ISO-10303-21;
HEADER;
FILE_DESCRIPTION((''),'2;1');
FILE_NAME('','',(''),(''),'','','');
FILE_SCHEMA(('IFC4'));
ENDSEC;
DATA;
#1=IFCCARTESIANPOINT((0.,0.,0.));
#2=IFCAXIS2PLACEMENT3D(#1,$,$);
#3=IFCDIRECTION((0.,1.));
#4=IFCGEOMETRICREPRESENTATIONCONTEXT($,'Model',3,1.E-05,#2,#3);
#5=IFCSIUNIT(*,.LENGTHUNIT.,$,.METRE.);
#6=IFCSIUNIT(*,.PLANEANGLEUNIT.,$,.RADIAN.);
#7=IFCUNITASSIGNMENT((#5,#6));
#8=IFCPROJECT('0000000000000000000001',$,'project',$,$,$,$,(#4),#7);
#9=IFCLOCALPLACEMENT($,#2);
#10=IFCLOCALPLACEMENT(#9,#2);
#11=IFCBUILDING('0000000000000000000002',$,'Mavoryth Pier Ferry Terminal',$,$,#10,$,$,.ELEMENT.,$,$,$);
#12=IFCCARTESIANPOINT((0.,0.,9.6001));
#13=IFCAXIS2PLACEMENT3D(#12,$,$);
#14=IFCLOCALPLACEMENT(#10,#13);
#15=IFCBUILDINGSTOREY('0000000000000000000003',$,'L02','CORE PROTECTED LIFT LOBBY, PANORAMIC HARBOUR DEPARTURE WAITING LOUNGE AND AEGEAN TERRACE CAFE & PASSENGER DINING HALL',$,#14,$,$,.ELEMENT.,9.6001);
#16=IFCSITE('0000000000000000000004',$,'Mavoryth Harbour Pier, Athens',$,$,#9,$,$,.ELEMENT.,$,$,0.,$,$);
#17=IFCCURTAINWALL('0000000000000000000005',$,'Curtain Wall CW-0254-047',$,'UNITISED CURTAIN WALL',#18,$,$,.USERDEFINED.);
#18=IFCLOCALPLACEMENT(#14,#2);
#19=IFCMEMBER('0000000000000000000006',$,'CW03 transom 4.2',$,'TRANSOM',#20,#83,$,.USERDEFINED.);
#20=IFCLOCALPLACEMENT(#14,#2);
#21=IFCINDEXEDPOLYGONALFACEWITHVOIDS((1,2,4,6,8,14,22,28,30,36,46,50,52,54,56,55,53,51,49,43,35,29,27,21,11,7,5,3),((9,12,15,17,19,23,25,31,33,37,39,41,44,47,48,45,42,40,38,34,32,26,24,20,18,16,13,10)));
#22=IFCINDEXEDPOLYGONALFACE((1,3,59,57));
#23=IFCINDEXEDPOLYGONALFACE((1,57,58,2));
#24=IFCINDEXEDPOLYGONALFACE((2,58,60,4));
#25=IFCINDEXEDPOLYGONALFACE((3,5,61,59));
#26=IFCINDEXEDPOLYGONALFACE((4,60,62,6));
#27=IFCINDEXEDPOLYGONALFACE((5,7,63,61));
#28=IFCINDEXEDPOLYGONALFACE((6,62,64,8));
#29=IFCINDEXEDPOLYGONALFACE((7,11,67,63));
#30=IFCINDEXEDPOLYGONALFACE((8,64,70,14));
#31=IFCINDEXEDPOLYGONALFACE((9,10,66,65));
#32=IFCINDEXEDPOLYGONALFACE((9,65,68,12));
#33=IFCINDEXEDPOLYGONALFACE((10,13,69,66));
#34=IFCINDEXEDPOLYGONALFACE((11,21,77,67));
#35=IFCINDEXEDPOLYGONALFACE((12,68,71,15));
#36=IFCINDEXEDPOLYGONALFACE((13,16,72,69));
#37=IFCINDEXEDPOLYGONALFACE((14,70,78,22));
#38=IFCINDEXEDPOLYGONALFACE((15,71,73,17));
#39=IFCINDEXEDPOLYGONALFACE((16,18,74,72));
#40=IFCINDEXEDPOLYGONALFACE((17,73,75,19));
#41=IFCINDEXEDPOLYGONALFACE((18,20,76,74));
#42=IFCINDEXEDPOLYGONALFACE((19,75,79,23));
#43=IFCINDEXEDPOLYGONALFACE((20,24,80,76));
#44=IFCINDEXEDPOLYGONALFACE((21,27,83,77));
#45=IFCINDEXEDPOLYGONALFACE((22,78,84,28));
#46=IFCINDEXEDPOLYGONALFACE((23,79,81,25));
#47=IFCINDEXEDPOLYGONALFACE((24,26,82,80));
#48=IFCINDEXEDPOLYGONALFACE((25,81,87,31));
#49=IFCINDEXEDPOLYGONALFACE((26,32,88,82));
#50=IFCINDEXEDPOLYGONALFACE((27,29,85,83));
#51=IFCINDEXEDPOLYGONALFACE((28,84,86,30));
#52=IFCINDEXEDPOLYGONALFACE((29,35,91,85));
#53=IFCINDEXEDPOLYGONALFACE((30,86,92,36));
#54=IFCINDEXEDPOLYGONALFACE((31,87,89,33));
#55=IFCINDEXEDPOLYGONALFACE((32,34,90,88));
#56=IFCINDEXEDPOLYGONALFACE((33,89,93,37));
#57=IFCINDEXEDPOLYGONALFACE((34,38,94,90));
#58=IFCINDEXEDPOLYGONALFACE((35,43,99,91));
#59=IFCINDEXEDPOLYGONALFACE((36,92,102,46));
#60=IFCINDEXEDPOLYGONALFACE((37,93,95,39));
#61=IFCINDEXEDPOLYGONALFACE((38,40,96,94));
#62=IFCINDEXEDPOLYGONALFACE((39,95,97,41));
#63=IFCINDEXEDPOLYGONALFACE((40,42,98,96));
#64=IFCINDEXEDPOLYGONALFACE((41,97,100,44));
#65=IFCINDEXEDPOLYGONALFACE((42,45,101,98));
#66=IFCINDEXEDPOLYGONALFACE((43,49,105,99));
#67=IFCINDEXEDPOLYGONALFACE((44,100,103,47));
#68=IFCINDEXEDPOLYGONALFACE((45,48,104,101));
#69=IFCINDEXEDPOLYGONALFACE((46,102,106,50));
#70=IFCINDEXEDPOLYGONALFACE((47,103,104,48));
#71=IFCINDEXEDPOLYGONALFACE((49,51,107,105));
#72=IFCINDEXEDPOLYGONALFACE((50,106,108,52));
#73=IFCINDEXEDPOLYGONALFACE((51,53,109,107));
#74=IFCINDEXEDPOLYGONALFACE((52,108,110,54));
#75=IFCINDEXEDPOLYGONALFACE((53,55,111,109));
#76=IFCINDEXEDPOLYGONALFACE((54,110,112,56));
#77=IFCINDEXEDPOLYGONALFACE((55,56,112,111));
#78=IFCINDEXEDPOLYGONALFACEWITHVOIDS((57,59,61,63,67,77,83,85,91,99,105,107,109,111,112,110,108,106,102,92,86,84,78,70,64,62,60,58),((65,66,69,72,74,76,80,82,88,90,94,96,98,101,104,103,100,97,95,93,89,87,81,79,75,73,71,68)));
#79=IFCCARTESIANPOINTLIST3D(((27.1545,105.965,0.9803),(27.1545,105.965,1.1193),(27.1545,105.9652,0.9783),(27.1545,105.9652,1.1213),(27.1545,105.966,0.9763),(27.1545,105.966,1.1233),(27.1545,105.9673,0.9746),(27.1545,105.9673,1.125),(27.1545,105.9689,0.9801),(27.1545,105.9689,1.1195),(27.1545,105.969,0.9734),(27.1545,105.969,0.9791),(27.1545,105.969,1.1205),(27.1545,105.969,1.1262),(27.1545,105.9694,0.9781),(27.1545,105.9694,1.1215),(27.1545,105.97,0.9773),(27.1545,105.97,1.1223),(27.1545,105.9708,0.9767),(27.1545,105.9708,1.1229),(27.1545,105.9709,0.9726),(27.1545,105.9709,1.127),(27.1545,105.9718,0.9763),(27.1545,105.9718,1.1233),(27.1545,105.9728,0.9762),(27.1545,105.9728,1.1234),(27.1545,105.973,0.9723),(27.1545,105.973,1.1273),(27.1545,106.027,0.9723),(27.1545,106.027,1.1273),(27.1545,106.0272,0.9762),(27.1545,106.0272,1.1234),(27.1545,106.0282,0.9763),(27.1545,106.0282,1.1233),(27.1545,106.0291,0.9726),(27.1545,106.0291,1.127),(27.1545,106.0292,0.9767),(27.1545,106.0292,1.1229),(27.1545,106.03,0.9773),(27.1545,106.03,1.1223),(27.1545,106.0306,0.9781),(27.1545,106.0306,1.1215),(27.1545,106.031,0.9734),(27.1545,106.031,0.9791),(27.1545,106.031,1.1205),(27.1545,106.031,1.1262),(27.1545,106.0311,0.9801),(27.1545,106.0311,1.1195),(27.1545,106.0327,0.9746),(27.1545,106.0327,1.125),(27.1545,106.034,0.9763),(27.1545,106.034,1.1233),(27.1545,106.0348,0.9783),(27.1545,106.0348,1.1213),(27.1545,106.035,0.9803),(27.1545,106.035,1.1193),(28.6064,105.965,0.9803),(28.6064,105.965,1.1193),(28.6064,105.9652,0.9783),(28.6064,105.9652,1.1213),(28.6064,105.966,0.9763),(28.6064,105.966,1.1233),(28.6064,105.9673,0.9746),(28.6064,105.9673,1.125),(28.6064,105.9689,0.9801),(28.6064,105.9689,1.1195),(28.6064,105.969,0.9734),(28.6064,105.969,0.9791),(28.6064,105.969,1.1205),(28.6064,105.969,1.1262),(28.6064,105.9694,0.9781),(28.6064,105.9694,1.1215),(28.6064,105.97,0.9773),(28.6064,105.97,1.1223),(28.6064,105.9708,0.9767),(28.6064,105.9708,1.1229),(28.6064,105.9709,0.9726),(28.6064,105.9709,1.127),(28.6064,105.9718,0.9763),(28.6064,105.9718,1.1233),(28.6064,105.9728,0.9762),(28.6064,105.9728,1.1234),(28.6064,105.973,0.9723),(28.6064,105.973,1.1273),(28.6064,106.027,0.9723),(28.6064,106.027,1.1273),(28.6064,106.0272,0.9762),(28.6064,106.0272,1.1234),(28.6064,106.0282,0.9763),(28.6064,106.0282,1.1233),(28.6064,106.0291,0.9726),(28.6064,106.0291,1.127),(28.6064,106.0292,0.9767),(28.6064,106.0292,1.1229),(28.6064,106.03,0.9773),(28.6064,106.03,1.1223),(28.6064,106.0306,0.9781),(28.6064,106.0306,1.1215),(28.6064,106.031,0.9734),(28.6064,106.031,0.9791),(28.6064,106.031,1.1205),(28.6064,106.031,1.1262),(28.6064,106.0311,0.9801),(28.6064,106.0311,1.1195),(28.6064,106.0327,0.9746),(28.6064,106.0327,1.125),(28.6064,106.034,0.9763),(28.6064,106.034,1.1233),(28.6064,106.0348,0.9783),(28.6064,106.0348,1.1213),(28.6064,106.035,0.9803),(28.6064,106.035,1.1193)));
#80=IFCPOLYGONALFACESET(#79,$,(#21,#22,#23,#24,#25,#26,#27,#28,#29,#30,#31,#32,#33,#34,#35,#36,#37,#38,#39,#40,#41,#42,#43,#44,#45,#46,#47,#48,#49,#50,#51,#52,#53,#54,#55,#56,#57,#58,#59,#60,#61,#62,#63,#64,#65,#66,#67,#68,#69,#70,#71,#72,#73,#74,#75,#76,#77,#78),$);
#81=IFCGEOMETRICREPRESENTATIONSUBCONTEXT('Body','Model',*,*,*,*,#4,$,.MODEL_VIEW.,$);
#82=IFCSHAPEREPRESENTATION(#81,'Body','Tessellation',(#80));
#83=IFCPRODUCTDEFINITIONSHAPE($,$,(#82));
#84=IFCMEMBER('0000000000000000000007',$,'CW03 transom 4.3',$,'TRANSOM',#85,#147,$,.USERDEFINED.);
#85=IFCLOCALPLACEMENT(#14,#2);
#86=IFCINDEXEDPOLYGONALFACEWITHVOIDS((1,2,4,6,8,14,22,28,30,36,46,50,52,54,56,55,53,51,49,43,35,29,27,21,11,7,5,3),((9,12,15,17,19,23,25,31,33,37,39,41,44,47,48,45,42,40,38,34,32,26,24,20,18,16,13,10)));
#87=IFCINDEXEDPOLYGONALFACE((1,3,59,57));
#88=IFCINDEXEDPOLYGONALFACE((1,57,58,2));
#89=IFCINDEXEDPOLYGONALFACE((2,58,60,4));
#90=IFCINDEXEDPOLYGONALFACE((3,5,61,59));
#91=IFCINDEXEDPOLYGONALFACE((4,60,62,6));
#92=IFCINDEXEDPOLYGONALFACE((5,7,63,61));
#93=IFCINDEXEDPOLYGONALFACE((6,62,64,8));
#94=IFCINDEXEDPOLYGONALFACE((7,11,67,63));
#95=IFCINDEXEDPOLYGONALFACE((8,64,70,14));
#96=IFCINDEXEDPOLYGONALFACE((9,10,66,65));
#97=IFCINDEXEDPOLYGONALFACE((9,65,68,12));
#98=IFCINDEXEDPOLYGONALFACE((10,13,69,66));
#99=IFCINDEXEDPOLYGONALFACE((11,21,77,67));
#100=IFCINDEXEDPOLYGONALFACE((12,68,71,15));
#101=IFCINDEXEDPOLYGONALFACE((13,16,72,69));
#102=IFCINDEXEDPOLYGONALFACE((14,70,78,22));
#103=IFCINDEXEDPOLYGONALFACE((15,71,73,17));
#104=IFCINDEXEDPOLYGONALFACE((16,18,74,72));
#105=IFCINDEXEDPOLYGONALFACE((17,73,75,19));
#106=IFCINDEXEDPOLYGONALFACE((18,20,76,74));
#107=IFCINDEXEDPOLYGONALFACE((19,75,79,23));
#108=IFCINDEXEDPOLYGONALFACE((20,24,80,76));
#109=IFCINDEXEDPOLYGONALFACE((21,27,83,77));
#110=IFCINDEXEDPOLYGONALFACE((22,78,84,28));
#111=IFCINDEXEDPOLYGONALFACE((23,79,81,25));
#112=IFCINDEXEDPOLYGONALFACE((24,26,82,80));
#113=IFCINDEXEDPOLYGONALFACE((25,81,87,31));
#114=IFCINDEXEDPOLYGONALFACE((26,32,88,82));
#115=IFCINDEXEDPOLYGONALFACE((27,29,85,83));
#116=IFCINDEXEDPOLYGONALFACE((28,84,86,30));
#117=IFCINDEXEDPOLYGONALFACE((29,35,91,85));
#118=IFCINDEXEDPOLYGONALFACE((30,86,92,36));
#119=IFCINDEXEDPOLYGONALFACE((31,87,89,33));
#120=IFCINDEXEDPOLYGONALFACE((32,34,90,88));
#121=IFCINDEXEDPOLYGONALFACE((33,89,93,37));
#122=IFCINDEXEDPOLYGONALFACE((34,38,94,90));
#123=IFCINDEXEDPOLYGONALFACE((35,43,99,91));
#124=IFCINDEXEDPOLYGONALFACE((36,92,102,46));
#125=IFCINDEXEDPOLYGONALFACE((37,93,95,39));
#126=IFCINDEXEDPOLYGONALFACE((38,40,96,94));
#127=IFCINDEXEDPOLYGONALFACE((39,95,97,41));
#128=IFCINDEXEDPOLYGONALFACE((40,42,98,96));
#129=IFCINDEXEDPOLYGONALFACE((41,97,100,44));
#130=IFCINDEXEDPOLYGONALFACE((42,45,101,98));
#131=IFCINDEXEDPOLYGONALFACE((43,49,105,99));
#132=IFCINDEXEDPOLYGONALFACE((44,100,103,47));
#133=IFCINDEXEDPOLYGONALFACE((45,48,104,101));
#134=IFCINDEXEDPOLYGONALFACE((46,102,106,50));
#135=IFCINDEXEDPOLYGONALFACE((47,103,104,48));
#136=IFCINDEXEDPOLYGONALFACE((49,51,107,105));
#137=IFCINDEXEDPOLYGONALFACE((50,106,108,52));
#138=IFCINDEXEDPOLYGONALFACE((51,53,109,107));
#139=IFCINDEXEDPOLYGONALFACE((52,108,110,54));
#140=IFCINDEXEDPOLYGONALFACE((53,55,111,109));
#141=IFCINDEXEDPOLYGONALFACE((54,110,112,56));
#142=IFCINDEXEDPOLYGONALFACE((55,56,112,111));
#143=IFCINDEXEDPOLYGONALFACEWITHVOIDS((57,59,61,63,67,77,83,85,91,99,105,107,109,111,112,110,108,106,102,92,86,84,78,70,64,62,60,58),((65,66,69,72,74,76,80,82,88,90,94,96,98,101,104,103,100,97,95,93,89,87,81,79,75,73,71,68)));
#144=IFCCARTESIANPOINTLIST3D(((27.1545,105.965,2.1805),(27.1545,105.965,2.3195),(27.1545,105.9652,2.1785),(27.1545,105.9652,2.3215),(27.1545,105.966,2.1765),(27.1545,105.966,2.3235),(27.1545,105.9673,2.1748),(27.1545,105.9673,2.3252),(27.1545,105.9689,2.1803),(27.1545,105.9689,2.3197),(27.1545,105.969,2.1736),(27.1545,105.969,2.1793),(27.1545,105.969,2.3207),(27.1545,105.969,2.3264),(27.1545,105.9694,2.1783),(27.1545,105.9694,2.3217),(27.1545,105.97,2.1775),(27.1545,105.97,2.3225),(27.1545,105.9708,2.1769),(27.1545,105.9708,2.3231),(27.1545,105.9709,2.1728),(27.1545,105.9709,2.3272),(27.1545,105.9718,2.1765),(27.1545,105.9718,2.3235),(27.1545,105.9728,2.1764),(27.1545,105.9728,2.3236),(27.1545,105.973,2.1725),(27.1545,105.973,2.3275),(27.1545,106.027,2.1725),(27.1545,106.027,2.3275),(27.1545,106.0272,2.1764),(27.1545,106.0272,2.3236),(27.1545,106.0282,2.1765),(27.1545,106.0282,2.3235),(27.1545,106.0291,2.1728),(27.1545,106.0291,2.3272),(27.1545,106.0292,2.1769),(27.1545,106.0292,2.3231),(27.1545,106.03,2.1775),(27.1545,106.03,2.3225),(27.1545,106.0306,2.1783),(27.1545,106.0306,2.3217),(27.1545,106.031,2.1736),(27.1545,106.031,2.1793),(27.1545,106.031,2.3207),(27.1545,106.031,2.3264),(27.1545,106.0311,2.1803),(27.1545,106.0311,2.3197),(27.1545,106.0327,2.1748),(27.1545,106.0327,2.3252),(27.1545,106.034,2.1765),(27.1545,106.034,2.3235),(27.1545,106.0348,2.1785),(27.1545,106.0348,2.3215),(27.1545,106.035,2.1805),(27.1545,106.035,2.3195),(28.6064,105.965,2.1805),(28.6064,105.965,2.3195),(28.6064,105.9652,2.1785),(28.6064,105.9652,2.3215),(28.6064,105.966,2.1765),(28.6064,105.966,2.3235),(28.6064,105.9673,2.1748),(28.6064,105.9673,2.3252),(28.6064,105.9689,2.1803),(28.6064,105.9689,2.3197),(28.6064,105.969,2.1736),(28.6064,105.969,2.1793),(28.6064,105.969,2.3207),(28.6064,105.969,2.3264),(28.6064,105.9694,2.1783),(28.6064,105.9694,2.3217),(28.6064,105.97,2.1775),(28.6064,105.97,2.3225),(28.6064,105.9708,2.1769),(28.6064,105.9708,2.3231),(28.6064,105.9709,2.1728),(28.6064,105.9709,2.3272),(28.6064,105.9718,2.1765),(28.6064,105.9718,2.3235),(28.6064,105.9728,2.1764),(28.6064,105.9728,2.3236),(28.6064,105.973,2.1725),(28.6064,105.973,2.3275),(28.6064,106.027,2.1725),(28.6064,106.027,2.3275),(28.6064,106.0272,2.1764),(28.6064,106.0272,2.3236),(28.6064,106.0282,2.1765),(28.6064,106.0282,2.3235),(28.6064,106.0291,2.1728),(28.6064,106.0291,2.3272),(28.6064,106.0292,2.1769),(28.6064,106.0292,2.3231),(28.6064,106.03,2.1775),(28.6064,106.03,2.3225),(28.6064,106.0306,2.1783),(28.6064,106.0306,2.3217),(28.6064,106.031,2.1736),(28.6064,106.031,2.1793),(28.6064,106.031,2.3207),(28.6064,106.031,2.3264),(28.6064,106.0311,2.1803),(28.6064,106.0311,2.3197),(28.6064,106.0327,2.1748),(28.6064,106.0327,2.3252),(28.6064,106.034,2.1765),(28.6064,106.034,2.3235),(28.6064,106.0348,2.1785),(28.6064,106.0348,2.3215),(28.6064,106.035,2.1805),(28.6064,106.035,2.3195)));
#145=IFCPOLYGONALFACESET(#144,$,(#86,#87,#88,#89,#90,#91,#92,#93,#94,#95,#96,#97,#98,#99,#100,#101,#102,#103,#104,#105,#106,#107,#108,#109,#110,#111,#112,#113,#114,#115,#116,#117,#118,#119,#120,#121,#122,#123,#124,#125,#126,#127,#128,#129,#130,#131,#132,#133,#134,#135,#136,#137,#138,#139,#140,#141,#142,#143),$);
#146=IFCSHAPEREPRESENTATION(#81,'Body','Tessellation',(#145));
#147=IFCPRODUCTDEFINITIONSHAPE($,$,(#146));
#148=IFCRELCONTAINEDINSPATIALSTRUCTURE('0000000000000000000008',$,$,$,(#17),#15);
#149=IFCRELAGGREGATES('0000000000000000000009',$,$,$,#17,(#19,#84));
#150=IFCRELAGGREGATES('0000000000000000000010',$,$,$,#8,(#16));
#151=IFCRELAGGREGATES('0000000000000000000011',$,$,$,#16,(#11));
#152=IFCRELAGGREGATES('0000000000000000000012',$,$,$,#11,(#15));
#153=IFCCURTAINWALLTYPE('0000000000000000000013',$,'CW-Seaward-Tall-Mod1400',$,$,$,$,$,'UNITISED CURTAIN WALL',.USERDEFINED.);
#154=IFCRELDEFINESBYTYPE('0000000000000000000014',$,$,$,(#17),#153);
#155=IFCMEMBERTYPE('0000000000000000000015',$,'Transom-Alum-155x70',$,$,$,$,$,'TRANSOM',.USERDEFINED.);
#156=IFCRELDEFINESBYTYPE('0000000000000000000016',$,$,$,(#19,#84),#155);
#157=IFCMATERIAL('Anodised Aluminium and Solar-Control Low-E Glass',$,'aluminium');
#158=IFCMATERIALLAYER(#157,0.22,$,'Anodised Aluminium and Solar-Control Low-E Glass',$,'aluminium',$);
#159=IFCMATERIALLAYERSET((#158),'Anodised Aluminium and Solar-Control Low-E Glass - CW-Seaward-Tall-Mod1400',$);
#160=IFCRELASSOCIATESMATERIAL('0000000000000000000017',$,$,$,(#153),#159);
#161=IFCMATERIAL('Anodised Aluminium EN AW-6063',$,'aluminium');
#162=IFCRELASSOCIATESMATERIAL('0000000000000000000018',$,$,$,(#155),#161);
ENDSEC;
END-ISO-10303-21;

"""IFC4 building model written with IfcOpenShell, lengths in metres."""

from ifc_helpers import new_model, si_unit, direction, frame, origin, origin_2d, place, context, subcontext, project, spatial, hollow_rectangle, extrude, material, layer, layer_set, material_profile, profile_set, type_object, element, aggregate, save


model = new_model("IFC4")

# Units and contexts
model_context = context("Model", 3, precision=1e-05, world=origin(), true_north=direction((0.0, 1.0)))
body_context = subcontext(model_context, "Body", "Model", "MODEL_VIEW")
ifc_project = project(units=[si_unit("LENGTHUNIT", "METRE"), si_unit("PLANEANGLEUNIT", "RADIAN")], contexts=[model_context])

# Site, building, storey
site_placement = place(None, origin())
site = spatial("IfcSite", under=ifc_project, at=site_placement, Name="Mavoryth Harbour Pier, Athens", CompositionType="ELEMENT", RefElevation=0.0)
building_placement = place(site_placement, origin())
building = spatial("IfcBuilding", under=site, at=building_placement, Name="Mavoryth Pier Ferry Terminal", CompositionType="ELEMENT")
storey_placement = place(building_placement, frame((0.0, 0.0, 9.6001)))
storey = spatial("IfcBuildingStorey", under=building, at=storey_placement, Name="L02", Description="CORE PROTECTED LIFT LOBBY, PANORAMIC HARBOUR DEPARTURE WAITING LOUNGE AND AEGEAN TERRACE CAFE & PASSENGER DINING HALL", CompositionType="ELEMENT", Elevation=9.6001)

# Curtain wall
ifc_material_1 = material(Name="Anodised Aluminium and Solar-Control Low-E Glass", Category="aluminium")
ifc_layer_1 = layer(ifc_material_1, 0.22, Name="Anodised Aluminium and Solar-Control Low-E Glass", Category="aluminium")
ifc_layer_set_1 = layer_set([ifc_layer_1], Name="Anodised Aluminium and Solar-Control Low-E Glass - CW-Seaward-Tall-Mod1400")
curtain_wall_type = type_object("IfcCurtainWallType", Name="CW-Seaward-Tall-Mod1400", ElementType="UNITISED CURTAIN WALL", PredefinedType="USERDEFINED", material=ifc_layer_set_1)
curtain_wall_placement = place(storey_placement, origin())
curtain_wall = element("IfcCurtainWall", 1, at=curtain_wall_placement, inside=storey, type_object=curtain_wall_type, Name="Curtain Wall CW-0254-047", ObjectType="UNITISED CURTAIN WALL", PredefinedType="USERDEFINED")
ifc_material_2 = material(Name="Anodised Aluminium EN AW-6063", Category="aluminium")

# Members
ifc_material_profile_1 = material_profile(ifc_material_2, hollow_rectangle(XDim=0.0701, YDim=0.155, WallThickness=0.0039, InnerFilletRadius=0.0039, OuterFilletRadius=0.0081, at=origin_2d()), Name="AL-TRAN 155x70x4", Category="aluminium")
ifc_profile_set_1 = profile_set([ifc_material_profile_1], Name="Anodised Aluminium EN AW-6063 - AL-TRAN 155x70x4")
member_type_1 = type_object("IfcMemberType", Name="Transom-Alum-155x70", ElementType="TRANSOM", PredefinedType="USERDEFINED", material=ifc_profile_set_1)
member_1_placement = place(storey_placement, frame((28.6064, 106.0, 1.0498), z_axis=(-1.0, 0.0, 0.0), x_axis=(0.0, -1.0, 0.0)))
member_1 = element("IfcMember", 2, at=member_1_placement, type_object=member_type_1, Name="CW03 transom 4.2", ObjectType="TRANSOM", PredefinedType="USERDEFINED", context=body_context, shape_type="SweptSolid", body=[
    extrude(hollow_rectangle(XDim=0.0701, YDim=0.155, WallThickness=0.0039, InnerFilletRadius=0.0039, OuterFilletRadius=0.0081, at=origin_2d()), origin(), (0.0, 0.0, 1.0), 1.4519),
])
member_2_placement = place(storey_placement, frame((28.6064, 106.0, 2.25), z_axis=(-1.0, 0.0, 0.0), x_axis=(0.0, -1.0, 0.0)))
member_2 = element("IfcMember", 3, at=member_2_placement, type_object=member_type_1, Name="CW03 transom 4.3", ObjectType="TRANSOM", PredefinedType="USERDEFINED", context=body_context, shape_type="SweptSolid", body=[
    extrude(hollow_rectangle(XDim=0.0701, YDim=0.155, WallThickness=0.0039, InnerFilletRadius=0.0039, OuterFilletRadius=0.0081, at=origin_2d()), origin(), (0.0, 0.0, 1.0), 1.4519),
])

aggregate(curtain_wall, [member_1, member_2])

save(model, "model.ifc")
